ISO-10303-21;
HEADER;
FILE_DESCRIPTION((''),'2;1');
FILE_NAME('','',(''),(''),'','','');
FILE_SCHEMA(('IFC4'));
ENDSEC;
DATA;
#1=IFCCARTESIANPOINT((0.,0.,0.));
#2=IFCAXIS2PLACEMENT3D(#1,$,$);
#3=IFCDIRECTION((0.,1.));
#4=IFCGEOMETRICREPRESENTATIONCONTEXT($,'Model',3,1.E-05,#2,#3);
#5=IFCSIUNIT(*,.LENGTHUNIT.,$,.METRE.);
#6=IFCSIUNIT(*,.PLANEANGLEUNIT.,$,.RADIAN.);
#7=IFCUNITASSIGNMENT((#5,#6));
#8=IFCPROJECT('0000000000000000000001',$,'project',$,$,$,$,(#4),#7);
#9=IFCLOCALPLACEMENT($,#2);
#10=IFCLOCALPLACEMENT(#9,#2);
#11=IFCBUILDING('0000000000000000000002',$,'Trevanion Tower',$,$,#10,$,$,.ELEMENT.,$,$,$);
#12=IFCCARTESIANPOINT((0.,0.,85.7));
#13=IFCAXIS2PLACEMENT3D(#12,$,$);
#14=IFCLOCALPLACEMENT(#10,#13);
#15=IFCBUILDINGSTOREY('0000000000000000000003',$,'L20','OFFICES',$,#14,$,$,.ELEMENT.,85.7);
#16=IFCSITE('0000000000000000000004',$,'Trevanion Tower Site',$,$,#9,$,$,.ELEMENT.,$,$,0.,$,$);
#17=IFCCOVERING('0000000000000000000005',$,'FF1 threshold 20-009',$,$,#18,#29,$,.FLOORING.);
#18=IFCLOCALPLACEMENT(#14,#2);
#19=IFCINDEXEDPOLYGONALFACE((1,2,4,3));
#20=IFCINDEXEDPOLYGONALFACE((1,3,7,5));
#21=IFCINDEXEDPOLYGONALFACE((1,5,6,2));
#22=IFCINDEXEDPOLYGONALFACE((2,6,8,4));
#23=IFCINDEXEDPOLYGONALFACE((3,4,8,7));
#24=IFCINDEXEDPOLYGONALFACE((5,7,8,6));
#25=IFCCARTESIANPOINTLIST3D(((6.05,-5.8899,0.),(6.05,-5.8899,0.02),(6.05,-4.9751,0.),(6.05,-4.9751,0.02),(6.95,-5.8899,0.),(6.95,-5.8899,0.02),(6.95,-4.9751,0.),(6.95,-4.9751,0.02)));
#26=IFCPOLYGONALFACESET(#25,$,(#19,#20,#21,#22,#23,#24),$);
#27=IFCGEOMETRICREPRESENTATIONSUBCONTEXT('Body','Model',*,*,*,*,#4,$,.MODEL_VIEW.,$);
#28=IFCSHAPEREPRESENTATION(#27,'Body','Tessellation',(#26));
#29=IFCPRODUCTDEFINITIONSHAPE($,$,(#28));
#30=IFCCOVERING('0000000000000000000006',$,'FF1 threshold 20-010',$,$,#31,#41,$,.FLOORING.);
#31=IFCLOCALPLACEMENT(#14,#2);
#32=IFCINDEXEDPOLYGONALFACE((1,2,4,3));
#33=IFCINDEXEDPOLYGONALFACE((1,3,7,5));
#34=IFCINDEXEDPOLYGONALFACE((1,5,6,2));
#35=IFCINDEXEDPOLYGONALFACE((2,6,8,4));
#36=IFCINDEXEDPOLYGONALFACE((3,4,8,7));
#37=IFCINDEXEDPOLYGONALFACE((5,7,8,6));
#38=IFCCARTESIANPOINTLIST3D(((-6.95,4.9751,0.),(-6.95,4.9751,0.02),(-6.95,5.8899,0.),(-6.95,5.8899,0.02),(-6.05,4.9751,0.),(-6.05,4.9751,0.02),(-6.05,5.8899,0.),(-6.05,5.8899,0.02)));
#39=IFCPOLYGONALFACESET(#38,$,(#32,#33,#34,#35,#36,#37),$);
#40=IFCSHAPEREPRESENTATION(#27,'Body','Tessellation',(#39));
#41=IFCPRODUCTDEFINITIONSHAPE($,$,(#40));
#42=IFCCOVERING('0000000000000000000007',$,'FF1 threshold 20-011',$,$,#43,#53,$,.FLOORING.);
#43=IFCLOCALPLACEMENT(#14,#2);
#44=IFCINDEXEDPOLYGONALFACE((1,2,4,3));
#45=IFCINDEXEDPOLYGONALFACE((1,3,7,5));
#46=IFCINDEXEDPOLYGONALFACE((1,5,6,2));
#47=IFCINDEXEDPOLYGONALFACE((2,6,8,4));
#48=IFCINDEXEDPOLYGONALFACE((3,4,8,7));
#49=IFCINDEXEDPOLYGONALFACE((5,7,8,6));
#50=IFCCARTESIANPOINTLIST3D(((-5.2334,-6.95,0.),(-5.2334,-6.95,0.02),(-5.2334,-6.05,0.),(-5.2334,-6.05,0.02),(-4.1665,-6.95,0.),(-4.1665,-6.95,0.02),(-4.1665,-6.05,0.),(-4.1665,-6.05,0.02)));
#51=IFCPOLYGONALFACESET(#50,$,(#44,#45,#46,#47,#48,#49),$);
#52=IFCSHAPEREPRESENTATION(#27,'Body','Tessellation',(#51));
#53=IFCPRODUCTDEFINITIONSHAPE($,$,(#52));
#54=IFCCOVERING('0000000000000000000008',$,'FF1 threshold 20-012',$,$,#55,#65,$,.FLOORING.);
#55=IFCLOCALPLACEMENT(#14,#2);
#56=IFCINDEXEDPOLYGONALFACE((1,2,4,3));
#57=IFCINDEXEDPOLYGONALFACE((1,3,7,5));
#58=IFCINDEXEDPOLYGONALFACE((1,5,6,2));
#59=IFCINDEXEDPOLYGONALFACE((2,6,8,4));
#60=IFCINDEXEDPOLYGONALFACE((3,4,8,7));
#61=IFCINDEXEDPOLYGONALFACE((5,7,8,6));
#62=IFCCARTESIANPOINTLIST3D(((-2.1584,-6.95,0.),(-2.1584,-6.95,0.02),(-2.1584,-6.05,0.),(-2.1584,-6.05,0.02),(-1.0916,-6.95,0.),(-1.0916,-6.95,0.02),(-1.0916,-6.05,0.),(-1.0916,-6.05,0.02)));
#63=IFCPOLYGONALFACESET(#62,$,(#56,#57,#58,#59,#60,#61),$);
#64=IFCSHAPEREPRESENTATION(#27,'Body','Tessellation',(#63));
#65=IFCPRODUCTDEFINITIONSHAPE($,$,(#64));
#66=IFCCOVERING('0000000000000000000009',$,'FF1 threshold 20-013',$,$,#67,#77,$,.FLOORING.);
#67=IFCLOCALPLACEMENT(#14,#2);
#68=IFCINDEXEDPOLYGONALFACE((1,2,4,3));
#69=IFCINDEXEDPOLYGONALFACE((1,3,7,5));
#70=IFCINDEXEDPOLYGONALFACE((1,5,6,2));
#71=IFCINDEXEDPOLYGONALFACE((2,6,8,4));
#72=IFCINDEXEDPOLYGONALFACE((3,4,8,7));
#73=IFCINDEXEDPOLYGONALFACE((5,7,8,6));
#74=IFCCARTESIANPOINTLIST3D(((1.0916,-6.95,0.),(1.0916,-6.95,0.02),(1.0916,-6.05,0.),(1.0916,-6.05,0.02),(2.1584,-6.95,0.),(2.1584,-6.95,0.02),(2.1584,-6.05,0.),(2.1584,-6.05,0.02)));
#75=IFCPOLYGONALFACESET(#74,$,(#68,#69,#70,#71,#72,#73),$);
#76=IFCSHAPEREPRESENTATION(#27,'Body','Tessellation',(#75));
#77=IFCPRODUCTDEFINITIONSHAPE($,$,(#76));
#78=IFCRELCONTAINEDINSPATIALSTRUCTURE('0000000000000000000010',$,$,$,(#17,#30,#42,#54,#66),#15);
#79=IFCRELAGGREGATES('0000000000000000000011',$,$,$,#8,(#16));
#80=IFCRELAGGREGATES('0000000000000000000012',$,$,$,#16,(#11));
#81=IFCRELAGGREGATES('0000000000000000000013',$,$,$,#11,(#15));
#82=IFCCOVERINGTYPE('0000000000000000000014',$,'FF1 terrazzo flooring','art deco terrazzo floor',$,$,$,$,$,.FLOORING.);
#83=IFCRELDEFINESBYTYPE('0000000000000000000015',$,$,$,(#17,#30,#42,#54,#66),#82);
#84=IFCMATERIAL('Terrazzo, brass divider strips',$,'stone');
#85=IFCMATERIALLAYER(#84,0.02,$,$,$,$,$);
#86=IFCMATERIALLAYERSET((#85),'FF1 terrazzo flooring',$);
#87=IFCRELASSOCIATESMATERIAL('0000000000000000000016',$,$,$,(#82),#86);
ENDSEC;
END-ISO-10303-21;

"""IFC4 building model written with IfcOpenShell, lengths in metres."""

from ifc_helpers import new_model, si_unit, direction, frame, origin, place, context, subcontext, project, spatial, polyline, outline, extrude, material, layer, layer_set, type_object, element, save


model = new_model("IFC4")

# Units and contexts
model_context = context("Model", 3, precision=1e-05, world=origin(), true_north=direction((0.0, 1.0)))
body_context = subcontext(model_context, "Body", "Model", "MODEL_VIEW")
ifc_project = project(units=[si_unit("LENGTHUNIT", "METRE"), si_unit("PLANEANGLEUNIT", "RADIAN")], contexts=[model_context])

# Site, building, storey
site_placement = place(None, origin())
site = spatial("IfcSite", under=ifc_project, at=site_placement, Name="Trevanion Tower Site", CompositionType="ELEMENT", RefElevation=0.0)
building_placement = place(site_placement, origin())
building = spatial("IfcBuilding", under=site, at=building_placement, Name="Trevanion Tower", CompositionType="ELEMENT")
storey_placement = place(building_placement, frame((0.0, 0.0, 85.7)))
storey = spatial("IfcBuildingStorey", under=building, at=storey_placement, Name="L20", Description="OFFICES", CompositionType="ELEMENT", Elevation=85.7)

# Coverings
ifc_material_1 = material(Name="Terrazzo, brass divider strips", Category="stone")
ifc_layer_1 = layer(ifc_material_1, 0.02)
ifc_layer_set_1 = layer_set([ifc_layer_1], Name="FF1 terrazzo flooring")
covering_type = type_object("IfcCoveringType", Name="FF1 terrazzo flooring", Description="art deco terrazzo floor", PredefinedType="FLOORING", material=ifc_layer_set_1)
covering_1_placement = place(storey_placement, origin())
element("IfcCovering", 1, at=covering_1_placement, inside=storey, type_object=covering_type, Name="FF1 threshold 20-009", PredefinedType="FLOORING", context=body_context, shape_type="SweptSolid", body=[
    extrude(outline(polyline([(6.95, -5.8899), (6.95, -4.9751), (6.05, -4.9751), (6.05, -5.8899), (6.95, -5.8899)])), origin(), (0.0, 0.0, 1.0), 0.02),
])
covering_2_placement = place(storey_placement, origin())
element("IfcCovering", 2, at=covering_2_placement, inside=storey, type_object=covering_type, Name="FF1 threshold 20-010", PredefinedType="FLOORING", context=body_context, shape_type="SweptSolid", body=[
    extrude(outline(polyline([(-6.95, 5.8899), (-6.95, 4.9751), (-6.05, 4.9751), (-6.05, 5.8899), (-6.95, 5.8899)])), origin(), (0.0, 0.0, 1.0), 0.02),
])
covering_3_placement = place(storey_placement, origin())
element("IfcCovering", 3, at=covering_3_placement, inside=storey, type_object=covering_type, Name="FF1 threshold 20-011", PredefinedType="FLOORING", context=body_context, shape_type="SweptSolid", body=[
    extrude(outline(polyline([(-5.2334, -6.95), (-4.1665, -6.95), (-4.1665, -6.05), (-5.2334, -6.05), (-5.2334, -6.95)])), origin(), (0.0, 0.0, 1.0), 0.02),
])
covering_4_placement = place(storey_placement, origin())
element("IfcCovering", 4, at=covering_4_placement, inside=storey, type_object=covering_type, Name="FF1 threshold 20-012", PredefinedType="FLOORING", context=body_context, shape_type="SweptSolid", body=[
    extrude(outline(polyline([(-2.1584, -6.95), (-1.0916, -6.95), (-1.0916, -6.05), (-2.1584, -6.05), (-2.1584, -6.95)])), origin(), (0.0, 0.0, 1.0), 0.02),
])
covering_5_placement = place(storey_placement, origin())
element("IfcCovering", 5, at=covering_5_placement, inside=storey, type_object=covering_type, Name="FF1 threshold 20-013", PredefinedType="FLOORING", context=body_context, shape_type="SweptSolid", body=[
    extrude(outline(polyline([(1.0916, -6.95), (2.1584, -6.95), (2.1584, -6.05), (1.0916, -6.05), (1.0916, -6.95)])), origin(), (0.0, 0.0, 1.0), 0.02),
])

save(model, "model.ifc")
